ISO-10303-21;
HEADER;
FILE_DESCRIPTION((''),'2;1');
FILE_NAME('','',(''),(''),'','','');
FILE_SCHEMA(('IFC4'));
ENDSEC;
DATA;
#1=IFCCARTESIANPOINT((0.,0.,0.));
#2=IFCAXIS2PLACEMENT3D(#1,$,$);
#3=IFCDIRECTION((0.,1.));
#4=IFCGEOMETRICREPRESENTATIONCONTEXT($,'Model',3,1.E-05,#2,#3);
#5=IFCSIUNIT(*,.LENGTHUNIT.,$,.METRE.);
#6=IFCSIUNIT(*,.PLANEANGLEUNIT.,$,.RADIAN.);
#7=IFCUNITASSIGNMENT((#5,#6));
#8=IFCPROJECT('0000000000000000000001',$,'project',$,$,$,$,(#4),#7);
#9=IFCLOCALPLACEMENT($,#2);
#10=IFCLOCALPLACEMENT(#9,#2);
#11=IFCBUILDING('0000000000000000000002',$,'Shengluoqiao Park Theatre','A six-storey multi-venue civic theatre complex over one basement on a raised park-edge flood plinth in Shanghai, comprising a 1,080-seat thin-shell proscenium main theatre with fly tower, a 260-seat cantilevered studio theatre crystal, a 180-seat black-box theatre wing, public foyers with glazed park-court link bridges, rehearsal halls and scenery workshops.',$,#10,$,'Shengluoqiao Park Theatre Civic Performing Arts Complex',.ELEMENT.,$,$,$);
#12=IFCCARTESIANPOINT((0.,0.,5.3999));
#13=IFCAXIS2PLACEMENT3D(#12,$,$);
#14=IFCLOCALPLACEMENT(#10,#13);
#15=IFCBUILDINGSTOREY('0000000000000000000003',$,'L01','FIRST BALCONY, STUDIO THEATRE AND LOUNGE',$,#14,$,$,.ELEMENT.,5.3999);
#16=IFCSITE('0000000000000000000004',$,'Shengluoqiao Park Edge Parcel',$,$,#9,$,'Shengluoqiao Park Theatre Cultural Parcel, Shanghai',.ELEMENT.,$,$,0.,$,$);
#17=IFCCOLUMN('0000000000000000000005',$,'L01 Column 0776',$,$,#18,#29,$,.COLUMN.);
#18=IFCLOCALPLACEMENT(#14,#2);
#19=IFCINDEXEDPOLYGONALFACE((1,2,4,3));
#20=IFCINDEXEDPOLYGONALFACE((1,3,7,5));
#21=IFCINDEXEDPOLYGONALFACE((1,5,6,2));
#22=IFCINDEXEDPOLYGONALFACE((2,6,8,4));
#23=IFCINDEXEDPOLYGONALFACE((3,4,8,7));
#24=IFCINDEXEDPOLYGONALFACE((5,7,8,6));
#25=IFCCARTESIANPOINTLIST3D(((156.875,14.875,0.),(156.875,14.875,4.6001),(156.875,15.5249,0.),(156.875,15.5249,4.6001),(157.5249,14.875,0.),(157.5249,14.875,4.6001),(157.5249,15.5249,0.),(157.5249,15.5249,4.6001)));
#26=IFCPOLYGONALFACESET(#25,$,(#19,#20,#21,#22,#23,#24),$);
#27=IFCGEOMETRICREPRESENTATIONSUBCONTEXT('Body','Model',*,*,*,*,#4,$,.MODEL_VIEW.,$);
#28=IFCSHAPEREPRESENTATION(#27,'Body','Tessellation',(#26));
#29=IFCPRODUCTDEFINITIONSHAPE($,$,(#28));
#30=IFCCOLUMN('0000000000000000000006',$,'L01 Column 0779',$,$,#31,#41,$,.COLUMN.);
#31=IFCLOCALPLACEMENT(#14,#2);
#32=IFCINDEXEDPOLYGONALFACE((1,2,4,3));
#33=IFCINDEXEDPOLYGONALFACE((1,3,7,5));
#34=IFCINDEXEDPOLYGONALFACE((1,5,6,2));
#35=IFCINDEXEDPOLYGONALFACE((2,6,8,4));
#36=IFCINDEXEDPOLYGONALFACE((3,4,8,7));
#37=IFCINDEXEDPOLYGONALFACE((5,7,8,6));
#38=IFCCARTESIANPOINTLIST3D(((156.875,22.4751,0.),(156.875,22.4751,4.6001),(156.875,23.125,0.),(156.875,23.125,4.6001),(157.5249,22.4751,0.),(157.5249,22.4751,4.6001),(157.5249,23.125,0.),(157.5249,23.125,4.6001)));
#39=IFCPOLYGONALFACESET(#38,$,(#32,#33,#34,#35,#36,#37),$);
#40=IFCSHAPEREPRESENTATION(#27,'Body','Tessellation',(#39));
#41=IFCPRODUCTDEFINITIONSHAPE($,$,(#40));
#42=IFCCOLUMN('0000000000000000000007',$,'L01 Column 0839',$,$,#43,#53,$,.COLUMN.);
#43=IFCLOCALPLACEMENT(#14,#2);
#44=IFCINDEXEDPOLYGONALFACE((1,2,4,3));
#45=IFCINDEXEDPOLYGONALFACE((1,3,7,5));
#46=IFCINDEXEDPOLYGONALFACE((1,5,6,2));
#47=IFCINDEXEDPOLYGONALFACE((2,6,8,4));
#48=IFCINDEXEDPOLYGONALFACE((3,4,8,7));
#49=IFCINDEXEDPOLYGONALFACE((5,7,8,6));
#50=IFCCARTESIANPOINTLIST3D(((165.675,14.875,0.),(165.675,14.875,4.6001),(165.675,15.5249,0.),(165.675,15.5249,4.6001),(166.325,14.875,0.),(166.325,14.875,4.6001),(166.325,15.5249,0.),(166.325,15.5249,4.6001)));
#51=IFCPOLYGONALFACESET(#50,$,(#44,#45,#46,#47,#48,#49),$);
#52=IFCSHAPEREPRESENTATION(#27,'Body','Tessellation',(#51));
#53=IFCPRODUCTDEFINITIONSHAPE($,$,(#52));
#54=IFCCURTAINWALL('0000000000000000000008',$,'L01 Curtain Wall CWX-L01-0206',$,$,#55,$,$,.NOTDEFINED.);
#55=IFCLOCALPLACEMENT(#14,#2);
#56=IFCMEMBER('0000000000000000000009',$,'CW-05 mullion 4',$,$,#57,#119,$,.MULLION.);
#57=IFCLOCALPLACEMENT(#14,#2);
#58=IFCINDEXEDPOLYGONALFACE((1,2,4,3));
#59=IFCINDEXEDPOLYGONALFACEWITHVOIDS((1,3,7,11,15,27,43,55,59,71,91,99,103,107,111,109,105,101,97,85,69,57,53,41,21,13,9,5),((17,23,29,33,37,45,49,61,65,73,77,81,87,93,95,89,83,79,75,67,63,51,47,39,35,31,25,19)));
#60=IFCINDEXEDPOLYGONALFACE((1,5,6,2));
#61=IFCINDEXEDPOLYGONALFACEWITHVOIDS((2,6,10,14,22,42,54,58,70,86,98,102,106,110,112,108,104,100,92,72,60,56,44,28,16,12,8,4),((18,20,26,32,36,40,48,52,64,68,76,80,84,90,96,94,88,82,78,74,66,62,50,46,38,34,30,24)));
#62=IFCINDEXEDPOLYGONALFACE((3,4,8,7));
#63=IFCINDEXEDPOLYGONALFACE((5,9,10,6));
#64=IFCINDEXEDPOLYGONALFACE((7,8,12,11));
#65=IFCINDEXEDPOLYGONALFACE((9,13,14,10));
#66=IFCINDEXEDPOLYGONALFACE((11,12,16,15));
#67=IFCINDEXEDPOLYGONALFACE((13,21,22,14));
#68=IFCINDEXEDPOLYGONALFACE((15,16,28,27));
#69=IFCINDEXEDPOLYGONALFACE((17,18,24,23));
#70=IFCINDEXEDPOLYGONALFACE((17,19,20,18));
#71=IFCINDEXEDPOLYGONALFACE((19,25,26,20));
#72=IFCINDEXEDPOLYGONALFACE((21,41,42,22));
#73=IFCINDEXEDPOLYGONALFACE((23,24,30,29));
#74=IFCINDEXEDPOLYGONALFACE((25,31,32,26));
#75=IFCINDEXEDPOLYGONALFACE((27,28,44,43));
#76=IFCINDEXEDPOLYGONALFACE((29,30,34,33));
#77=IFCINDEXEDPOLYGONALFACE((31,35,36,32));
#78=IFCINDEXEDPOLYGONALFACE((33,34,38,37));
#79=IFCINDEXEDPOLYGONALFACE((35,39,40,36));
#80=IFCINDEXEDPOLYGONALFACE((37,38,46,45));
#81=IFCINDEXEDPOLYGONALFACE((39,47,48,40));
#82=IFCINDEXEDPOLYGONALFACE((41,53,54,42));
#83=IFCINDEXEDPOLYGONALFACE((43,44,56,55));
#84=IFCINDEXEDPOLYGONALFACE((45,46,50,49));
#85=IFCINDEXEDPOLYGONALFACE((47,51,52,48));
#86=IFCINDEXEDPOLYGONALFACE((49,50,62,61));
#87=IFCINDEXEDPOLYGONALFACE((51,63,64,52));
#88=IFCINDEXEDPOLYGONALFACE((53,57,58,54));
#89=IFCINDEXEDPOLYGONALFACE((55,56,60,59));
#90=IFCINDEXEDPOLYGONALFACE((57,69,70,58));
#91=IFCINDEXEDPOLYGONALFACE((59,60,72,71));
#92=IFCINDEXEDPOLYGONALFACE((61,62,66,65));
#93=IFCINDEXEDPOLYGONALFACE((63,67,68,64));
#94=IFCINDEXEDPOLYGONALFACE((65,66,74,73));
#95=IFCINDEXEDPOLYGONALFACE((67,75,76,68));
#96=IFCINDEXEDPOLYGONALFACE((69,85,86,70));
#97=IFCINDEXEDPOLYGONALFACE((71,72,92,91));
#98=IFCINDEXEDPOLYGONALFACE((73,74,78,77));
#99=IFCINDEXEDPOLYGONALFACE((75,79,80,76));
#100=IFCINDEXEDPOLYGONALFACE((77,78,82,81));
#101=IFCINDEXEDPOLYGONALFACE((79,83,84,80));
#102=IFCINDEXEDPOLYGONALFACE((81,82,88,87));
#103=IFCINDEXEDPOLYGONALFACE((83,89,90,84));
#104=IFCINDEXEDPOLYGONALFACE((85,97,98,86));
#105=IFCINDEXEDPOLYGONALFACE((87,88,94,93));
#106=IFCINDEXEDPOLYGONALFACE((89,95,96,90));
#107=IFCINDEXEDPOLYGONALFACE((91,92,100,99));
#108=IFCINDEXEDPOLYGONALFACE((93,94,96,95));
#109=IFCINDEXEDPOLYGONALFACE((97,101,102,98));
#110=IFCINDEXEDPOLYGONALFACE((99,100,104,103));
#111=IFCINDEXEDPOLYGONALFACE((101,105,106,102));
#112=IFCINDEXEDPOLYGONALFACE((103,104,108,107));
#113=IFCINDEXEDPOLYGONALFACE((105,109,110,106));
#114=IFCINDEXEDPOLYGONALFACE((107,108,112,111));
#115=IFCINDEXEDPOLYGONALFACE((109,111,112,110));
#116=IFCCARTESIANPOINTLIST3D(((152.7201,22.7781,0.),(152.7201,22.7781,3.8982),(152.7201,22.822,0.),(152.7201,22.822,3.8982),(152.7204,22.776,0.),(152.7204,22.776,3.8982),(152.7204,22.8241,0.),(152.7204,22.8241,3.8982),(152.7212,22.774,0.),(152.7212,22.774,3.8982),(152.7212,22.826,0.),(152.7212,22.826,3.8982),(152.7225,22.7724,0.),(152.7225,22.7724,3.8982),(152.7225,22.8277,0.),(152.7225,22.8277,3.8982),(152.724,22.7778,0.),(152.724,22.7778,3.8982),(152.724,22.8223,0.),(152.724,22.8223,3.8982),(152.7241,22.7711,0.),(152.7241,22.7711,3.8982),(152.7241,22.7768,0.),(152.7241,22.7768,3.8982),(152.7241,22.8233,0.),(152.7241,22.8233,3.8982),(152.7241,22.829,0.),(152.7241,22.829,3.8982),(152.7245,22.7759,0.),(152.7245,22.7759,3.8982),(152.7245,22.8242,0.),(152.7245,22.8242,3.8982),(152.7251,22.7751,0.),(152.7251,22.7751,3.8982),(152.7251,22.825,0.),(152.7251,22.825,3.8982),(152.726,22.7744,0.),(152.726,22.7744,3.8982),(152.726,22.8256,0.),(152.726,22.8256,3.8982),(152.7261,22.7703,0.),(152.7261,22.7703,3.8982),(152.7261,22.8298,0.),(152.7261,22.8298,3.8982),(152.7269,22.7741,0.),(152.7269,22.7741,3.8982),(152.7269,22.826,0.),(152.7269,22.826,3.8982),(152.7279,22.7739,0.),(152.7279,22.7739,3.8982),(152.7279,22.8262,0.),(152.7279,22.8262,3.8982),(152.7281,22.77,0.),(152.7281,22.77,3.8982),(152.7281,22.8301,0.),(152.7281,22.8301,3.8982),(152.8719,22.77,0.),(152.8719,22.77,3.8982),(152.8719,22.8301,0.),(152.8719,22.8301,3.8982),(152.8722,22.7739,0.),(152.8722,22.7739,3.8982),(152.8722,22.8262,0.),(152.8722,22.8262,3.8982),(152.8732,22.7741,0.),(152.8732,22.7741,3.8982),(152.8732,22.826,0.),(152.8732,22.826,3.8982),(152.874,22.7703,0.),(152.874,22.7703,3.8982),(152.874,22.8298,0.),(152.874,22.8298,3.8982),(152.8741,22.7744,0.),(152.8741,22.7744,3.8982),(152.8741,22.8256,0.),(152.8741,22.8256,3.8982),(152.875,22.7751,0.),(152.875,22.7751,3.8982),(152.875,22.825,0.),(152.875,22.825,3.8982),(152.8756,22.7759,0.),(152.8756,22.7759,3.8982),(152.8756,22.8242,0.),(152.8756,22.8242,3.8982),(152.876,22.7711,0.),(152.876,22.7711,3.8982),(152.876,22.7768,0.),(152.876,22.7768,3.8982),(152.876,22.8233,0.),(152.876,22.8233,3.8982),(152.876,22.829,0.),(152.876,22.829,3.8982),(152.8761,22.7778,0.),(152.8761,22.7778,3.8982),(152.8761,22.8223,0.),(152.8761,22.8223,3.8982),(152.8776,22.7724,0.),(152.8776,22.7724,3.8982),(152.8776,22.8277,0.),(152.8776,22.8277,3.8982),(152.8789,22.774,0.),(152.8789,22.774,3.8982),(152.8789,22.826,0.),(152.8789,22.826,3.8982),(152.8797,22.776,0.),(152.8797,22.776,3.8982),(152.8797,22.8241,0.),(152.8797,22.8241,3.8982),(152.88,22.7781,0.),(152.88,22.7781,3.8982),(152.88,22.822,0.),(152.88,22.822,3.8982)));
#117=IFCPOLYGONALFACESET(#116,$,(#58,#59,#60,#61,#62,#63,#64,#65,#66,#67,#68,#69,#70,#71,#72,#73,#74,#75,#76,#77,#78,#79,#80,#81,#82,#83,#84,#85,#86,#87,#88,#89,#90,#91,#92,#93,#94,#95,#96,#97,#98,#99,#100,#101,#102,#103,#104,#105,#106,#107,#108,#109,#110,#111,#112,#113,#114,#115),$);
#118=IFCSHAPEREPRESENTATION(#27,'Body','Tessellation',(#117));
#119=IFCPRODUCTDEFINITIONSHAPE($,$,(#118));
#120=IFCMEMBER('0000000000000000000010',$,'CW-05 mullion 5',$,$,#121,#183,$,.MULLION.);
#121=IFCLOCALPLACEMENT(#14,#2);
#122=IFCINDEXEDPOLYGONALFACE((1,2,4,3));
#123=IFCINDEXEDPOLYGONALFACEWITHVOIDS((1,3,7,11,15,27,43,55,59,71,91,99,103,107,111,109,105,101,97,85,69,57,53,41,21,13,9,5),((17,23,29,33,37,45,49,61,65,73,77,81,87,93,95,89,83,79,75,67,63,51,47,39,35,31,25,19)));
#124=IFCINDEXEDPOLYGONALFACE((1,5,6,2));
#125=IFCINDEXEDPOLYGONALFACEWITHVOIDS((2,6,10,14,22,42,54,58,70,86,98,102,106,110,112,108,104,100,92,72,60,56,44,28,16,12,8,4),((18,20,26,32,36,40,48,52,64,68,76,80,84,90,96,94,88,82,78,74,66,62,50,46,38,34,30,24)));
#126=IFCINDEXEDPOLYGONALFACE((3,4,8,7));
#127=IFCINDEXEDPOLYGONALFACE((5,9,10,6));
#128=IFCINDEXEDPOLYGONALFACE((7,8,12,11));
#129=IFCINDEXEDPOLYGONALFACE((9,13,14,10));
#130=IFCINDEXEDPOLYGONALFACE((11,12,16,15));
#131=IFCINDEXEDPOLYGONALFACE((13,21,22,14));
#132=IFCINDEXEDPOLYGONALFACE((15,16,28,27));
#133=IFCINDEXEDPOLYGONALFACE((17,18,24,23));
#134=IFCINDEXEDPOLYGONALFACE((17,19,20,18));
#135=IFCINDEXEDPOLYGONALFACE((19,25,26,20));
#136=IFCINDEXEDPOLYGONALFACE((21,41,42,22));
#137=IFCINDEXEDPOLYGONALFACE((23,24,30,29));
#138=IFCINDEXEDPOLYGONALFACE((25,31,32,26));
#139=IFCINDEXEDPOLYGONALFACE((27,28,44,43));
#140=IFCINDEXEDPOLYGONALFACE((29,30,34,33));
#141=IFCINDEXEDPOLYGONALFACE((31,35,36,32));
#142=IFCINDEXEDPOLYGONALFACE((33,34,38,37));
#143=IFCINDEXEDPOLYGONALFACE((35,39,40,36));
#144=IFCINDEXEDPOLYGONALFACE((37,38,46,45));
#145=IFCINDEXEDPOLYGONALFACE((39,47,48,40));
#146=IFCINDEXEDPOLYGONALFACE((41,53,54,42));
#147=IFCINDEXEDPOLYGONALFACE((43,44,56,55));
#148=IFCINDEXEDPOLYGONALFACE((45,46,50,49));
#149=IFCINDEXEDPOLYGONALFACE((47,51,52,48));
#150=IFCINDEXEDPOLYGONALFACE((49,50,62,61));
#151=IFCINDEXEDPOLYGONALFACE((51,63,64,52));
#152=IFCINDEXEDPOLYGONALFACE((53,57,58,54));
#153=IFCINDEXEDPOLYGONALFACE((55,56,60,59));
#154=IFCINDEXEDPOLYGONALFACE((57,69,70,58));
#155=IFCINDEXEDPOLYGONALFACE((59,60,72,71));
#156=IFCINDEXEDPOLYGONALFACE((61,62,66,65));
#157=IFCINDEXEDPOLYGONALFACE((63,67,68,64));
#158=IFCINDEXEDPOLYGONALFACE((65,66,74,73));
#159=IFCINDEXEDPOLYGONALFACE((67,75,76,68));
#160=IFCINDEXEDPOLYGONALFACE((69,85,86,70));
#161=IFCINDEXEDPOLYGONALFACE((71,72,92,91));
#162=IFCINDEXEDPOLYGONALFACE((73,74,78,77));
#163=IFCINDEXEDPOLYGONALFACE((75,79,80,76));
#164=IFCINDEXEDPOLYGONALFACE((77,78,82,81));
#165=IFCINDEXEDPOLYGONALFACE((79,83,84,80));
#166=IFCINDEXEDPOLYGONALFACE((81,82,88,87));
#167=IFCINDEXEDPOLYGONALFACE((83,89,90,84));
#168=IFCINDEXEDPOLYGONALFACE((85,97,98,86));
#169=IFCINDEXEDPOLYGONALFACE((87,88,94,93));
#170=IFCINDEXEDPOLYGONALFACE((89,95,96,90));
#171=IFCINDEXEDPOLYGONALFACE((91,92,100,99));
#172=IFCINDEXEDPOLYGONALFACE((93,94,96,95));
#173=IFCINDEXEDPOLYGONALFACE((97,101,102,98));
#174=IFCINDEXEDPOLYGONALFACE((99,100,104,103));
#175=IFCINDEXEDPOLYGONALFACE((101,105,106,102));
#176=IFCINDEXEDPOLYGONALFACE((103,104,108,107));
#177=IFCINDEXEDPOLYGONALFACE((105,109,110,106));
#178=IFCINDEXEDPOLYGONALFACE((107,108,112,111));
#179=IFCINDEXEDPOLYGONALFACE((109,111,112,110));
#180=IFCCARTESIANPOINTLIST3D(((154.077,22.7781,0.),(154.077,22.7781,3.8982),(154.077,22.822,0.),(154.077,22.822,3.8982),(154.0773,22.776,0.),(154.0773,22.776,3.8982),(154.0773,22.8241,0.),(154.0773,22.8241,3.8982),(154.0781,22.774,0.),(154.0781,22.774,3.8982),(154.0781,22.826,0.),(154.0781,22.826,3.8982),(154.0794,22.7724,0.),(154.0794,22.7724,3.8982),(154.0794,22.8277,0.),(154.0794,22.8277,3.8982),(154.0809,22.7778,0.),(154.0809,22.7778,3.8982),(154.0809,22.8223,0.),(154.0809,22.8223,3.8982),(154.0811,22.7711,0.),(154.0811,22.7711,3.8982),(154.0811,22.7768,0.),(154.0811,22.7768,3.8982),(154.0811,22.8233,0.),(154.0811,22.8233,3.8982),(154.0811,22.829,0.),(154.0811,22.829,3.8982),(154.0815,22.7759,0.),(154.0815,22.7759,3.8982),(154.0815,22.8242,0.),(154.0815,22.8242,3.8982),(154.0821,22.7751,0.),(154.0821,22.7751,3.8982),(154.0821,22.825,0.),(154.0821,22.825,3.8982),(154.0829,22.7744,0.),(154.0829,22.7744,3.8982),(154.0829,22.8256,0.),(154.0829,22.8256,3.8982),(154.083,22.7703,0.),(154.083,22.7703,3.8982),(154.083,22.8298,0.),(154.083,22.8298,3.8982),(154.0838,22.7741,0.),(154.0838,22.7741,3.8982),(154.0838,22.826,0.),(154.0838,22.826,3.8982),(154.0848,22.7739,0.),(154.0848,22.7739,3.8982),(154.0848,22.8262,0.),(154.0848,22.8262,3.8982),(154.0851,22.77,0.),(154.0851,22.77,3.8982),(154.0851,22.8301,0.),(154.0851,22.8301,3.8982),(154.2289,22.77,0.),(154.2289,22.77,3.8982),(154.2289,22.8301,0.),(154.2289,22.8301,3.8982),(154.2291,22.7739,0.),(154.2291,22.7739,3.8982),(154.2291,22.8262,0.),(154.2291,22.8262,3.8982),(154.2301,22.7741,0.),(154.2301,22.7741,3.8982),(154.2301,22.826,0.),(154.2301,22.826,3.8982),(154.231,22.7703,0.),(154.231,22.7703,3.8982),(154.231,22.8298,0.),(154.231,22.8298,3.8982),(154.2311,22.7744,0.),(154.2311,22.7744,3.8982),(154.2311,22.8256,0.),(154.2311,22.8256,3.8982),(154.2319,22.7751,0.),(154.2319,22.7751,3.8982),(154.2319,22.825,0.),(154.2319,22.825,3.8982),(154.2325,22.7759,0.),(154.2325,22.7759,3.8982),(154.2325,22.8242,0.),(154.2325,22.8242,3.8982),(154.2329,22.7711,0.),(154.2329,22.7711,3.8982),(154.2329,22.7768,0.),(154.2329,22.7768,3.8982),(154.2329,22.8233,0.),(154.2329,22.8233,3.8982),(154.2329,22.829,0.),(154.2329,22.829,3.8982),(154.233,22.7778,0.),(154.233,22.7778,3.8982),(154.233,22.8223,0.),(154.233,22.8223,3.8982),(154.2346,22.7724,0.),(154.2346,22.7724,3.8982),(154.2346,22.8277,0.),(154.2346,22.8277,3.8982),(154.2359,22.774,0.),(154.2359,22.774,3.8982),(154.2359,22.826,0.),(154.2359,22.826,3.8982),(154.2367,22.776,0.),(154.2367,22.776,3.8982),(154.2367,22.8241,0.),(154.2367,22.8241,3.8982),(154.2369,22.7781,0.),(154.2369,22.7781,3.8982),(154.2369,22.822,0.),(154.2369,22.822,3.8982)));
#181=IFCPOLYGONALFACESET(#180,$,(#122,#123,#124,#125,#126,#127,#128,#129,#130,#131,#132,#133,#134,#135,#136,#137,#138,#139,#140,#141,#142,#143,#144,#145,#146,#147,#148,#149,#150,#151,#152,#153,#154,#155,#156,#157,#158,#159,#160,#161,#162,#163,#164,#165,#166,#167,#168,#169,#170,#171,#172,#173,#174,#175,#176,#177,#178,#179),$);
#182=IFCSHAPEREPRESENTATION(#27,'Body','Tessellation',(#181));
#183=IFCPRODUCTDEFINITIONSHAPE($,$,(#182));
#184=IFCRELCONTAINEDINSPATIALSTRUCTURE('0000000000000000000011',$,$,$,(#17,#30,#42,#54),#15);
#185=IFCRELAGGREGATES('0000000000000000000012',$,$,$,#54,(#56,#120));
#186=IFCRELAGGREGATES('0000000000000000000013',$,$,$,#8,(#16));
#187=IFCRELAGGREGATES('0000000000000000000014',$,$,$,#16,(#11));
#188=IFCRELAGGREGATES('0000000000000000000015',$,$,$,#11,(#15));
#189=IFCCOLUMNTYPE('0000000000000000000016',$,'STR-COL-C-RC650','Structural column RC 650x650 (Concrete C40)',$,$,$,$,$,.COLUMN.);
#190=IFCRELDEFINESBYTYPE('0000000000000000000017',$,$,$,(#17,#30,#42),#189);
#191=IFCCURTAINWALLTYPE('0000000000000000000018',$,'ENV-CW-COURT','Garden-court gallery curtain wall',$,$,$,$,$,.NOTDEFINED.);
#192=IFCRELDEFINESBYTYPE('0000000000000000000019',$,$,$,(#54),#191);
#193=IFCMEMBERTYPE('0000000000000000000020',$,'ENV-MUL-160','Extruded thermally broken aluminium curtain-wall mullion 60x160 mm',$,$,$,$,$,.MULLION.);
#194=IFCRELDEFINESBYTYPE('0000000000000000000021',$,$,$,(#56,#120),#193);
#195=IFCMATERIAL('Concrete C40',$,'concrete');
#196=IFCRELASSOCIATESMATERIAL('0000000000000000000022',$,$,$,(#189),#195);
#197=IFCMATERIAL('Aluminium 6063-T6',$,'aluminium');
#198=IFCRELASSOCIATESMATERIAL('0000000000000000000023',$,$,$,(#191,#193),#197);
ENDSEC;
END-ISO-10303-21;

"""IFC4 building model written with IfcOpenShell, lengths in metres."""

from ifc_helpers import new_model, si_unit, direction, frame, origin, origin_2d, place, context, subcontext, project, spatial, rectangle, hollow_rectangle, extrude, material, material_profile, profile_set, type_object, element, aggregate, save


model = new_model("IFC4")

# Units and contexts
model_context = context("Model", 3, precision=1e-05, world=origin(), true_north=direction((0.0, 1.0)))
body_context = subcontext(model_context, "Body", "Model", "MODEL_VIEW")
ifc_project = project(units=[si_unit("LENGTHUNIT", "METRE"), si_unit("PLANEANGLEUNIT", "RADIAN")], contexts=[model_context])

# Site, building, storey
site_placement = place(None, origin())
site = spatial("IfcSite", under=ifc_project, at=site_placement, Name="Shengluoqiao Park Edge Parcel", LongName="Shengluoqiao Park Theatre Cultural Parcel, Shanghai", CompositionType="ELEMENT", RefElevation=0.0)
building_placement = place(site_placement, origin())
building = spatial("IfcBuilding", under=site, at=building_placement, Name="Shengluoqiao Park Theatre", Description="A six-storey multi-venue civic theatre complex over one basement on a raised park-edge flood plinth in Shanghai, comprising a 1,080-seat thin-shell proscenium main theatre with fly tower, a 260-seat cantilevered studio theatre crystal, a 180-seat black-box theatre wing, public foyers with glazed park-court link bridges, rehearsal halls and scenery workshops.", LongName="Shengluoqiao Park Theatre Civic Performing Arts Complex", CompositionType="ELEMENT")
storey_placement = place(building_placement, frame((0.0, 0.0, 5.3999)))
storey = spatial("IfcBuildingStorey", under=building, at=storey_placement, Name="L01", Description="FIRST BALCONY, STUDIO THEATRE AND LOUNGE", CompositionType="ELEMENT", Elevation=5.3999)

# Columns
ifc_material_1 = material(Name="Concrete C40", Category="concrete")
ifc_material_profile_1 = material_profile(ifc_material_1, rectangle(XDim=0.6499, YDim=0.6499, at=origin_2d()), Name="RC 650x650")
ifc_profile_set_1 = profile_set([ifc_material_profile_1], Name="Concrete C40")
column_type = type_object("IfcColumnType", Name="STR-COL-C-RC650", Description="Structural column RC 650x650 (Concrete C40)", PredefinedType="COLUMN", material=ifc_profile_set_1)
for number, where, z_axis, x_axis, name in (
    (1, (157.2, 15.2, 0.0), (0.0, 0.0, 1.0), (1.0, 0.0, 0.0), "L01 Column 0776"),
    (2, (157.2, 22.8, 0.0), (0.0, 0.0, 1.0), (1.0, 0.0, 0.0), "L01 Column 0779"),
    (3, (166.0, 15.2, 0.0), (0.0, 0.0, 1.0), (1.0, 0.0, 0.0), "L01 Column 0839"),
):
    element("IfcColumn", number, at=place(storey_placement, frame(where, z_axis=z_axis, x_axis=x_axis)), inside=storey, type_object=column_type, Name=name, PredefinedType="COLUMN", context=body_context, shape_type="SweptSolid", body=[
        extrude(rectangle(XDim=0.6499, YDim=0.6499, at=origin_2d()), origin(), (0.0, 0.0, 1.0), 4.6001),
    ])

# Curtain wall, members
ifc_material_2 = material(Name="Aluminium 6063-T6", Category="aluminium")
curtain_wall_type = type_object("IfcCurtainWallType", Name="ENV-CW-COURT", Description="Garden-court gallery curtain wall", PredefinedType="NOTDEFINED", material=ifc_material_2)
curtain_wall_placement = place(storey_placement, origin())
curtain_wall = element("IfcCurtainWall", 4, at=curtain_wall_placement, inside=storey, type_object=curtain_wall_type, Name="L01 Curtain Wall CWX-L01-0206", PredefinedType="NOTDEFINED")
ifc_material_profile_2 = material_profile(ifc_material_2, hollow_rectangle(XDim=0.0601, YDim=0.1599, WallThickness=0.0039, InnerFilletRadius=0.0039, OuterFilletRadius=0.0081, at=origin_2d()), Name="ALU MULLION 160x60x4")
ifc_profile_set_2 = profile_set([ifc_material_profile_2], Name="Aluminium 6063-T6")
member_type_1 = type_object("IfcMemberType", Name="ENV-MUL-160", Description="Extruded thermally broken aluminium curtain-wall mullion 60x160 mm", PredefinedType="MULLION", material=ifc_profile_set_2)
member_1_placement = place(storey_placement, frame((152.8, 22.8, 0.0), z_axis=(0.0, 0.0, 1.0), x_axis=(0.0, 1.0, 0.0)))
member_1 = element("IfcMember", 5, at=member_1_placement, type_object=member_type_1, Name="CW-05 mullion 4", PredefinedType="MULLION", context=body_context, shape_type="SweptSolid", body=[
    extrude(hollow_rectangle(XDim=0.0601, YDim=0.1599, WallThickness=0.0039, InnerFilletRadius=0.0039, OuterFilletRadius=0.0081, at=origin_2d()), origin(), (0.0, 0.0, 1.0), 3.8982),
])
member_2_placement = place(storey_placement, frame((154.157, 22.8, 0.0), z_axis=(0.0, 0.0, 1.0), x_axis=(0.0, 1.0, 0.0)))
member_2 = element("IfcMember", 6, at=member_2_placement, type_object=member_type_1, Name="CW-05 mullion 5", PredefinedType="MULLION", context=body_context, shape_type="SweptSolid", body=[
    extrude(hollow_rectangle(XDim=0.0601, YDim=0.1599, WallThickness=0.0039, InnerFilletRadius=0.0039, OuterFilletRadius=0.0081, at=origin_2d()), origin(), (0.0, 0.0, 1.0), 3.8982),
])

aggregate(curtain_wall, [member_1, member_2])

save(model, "model.ifc")
